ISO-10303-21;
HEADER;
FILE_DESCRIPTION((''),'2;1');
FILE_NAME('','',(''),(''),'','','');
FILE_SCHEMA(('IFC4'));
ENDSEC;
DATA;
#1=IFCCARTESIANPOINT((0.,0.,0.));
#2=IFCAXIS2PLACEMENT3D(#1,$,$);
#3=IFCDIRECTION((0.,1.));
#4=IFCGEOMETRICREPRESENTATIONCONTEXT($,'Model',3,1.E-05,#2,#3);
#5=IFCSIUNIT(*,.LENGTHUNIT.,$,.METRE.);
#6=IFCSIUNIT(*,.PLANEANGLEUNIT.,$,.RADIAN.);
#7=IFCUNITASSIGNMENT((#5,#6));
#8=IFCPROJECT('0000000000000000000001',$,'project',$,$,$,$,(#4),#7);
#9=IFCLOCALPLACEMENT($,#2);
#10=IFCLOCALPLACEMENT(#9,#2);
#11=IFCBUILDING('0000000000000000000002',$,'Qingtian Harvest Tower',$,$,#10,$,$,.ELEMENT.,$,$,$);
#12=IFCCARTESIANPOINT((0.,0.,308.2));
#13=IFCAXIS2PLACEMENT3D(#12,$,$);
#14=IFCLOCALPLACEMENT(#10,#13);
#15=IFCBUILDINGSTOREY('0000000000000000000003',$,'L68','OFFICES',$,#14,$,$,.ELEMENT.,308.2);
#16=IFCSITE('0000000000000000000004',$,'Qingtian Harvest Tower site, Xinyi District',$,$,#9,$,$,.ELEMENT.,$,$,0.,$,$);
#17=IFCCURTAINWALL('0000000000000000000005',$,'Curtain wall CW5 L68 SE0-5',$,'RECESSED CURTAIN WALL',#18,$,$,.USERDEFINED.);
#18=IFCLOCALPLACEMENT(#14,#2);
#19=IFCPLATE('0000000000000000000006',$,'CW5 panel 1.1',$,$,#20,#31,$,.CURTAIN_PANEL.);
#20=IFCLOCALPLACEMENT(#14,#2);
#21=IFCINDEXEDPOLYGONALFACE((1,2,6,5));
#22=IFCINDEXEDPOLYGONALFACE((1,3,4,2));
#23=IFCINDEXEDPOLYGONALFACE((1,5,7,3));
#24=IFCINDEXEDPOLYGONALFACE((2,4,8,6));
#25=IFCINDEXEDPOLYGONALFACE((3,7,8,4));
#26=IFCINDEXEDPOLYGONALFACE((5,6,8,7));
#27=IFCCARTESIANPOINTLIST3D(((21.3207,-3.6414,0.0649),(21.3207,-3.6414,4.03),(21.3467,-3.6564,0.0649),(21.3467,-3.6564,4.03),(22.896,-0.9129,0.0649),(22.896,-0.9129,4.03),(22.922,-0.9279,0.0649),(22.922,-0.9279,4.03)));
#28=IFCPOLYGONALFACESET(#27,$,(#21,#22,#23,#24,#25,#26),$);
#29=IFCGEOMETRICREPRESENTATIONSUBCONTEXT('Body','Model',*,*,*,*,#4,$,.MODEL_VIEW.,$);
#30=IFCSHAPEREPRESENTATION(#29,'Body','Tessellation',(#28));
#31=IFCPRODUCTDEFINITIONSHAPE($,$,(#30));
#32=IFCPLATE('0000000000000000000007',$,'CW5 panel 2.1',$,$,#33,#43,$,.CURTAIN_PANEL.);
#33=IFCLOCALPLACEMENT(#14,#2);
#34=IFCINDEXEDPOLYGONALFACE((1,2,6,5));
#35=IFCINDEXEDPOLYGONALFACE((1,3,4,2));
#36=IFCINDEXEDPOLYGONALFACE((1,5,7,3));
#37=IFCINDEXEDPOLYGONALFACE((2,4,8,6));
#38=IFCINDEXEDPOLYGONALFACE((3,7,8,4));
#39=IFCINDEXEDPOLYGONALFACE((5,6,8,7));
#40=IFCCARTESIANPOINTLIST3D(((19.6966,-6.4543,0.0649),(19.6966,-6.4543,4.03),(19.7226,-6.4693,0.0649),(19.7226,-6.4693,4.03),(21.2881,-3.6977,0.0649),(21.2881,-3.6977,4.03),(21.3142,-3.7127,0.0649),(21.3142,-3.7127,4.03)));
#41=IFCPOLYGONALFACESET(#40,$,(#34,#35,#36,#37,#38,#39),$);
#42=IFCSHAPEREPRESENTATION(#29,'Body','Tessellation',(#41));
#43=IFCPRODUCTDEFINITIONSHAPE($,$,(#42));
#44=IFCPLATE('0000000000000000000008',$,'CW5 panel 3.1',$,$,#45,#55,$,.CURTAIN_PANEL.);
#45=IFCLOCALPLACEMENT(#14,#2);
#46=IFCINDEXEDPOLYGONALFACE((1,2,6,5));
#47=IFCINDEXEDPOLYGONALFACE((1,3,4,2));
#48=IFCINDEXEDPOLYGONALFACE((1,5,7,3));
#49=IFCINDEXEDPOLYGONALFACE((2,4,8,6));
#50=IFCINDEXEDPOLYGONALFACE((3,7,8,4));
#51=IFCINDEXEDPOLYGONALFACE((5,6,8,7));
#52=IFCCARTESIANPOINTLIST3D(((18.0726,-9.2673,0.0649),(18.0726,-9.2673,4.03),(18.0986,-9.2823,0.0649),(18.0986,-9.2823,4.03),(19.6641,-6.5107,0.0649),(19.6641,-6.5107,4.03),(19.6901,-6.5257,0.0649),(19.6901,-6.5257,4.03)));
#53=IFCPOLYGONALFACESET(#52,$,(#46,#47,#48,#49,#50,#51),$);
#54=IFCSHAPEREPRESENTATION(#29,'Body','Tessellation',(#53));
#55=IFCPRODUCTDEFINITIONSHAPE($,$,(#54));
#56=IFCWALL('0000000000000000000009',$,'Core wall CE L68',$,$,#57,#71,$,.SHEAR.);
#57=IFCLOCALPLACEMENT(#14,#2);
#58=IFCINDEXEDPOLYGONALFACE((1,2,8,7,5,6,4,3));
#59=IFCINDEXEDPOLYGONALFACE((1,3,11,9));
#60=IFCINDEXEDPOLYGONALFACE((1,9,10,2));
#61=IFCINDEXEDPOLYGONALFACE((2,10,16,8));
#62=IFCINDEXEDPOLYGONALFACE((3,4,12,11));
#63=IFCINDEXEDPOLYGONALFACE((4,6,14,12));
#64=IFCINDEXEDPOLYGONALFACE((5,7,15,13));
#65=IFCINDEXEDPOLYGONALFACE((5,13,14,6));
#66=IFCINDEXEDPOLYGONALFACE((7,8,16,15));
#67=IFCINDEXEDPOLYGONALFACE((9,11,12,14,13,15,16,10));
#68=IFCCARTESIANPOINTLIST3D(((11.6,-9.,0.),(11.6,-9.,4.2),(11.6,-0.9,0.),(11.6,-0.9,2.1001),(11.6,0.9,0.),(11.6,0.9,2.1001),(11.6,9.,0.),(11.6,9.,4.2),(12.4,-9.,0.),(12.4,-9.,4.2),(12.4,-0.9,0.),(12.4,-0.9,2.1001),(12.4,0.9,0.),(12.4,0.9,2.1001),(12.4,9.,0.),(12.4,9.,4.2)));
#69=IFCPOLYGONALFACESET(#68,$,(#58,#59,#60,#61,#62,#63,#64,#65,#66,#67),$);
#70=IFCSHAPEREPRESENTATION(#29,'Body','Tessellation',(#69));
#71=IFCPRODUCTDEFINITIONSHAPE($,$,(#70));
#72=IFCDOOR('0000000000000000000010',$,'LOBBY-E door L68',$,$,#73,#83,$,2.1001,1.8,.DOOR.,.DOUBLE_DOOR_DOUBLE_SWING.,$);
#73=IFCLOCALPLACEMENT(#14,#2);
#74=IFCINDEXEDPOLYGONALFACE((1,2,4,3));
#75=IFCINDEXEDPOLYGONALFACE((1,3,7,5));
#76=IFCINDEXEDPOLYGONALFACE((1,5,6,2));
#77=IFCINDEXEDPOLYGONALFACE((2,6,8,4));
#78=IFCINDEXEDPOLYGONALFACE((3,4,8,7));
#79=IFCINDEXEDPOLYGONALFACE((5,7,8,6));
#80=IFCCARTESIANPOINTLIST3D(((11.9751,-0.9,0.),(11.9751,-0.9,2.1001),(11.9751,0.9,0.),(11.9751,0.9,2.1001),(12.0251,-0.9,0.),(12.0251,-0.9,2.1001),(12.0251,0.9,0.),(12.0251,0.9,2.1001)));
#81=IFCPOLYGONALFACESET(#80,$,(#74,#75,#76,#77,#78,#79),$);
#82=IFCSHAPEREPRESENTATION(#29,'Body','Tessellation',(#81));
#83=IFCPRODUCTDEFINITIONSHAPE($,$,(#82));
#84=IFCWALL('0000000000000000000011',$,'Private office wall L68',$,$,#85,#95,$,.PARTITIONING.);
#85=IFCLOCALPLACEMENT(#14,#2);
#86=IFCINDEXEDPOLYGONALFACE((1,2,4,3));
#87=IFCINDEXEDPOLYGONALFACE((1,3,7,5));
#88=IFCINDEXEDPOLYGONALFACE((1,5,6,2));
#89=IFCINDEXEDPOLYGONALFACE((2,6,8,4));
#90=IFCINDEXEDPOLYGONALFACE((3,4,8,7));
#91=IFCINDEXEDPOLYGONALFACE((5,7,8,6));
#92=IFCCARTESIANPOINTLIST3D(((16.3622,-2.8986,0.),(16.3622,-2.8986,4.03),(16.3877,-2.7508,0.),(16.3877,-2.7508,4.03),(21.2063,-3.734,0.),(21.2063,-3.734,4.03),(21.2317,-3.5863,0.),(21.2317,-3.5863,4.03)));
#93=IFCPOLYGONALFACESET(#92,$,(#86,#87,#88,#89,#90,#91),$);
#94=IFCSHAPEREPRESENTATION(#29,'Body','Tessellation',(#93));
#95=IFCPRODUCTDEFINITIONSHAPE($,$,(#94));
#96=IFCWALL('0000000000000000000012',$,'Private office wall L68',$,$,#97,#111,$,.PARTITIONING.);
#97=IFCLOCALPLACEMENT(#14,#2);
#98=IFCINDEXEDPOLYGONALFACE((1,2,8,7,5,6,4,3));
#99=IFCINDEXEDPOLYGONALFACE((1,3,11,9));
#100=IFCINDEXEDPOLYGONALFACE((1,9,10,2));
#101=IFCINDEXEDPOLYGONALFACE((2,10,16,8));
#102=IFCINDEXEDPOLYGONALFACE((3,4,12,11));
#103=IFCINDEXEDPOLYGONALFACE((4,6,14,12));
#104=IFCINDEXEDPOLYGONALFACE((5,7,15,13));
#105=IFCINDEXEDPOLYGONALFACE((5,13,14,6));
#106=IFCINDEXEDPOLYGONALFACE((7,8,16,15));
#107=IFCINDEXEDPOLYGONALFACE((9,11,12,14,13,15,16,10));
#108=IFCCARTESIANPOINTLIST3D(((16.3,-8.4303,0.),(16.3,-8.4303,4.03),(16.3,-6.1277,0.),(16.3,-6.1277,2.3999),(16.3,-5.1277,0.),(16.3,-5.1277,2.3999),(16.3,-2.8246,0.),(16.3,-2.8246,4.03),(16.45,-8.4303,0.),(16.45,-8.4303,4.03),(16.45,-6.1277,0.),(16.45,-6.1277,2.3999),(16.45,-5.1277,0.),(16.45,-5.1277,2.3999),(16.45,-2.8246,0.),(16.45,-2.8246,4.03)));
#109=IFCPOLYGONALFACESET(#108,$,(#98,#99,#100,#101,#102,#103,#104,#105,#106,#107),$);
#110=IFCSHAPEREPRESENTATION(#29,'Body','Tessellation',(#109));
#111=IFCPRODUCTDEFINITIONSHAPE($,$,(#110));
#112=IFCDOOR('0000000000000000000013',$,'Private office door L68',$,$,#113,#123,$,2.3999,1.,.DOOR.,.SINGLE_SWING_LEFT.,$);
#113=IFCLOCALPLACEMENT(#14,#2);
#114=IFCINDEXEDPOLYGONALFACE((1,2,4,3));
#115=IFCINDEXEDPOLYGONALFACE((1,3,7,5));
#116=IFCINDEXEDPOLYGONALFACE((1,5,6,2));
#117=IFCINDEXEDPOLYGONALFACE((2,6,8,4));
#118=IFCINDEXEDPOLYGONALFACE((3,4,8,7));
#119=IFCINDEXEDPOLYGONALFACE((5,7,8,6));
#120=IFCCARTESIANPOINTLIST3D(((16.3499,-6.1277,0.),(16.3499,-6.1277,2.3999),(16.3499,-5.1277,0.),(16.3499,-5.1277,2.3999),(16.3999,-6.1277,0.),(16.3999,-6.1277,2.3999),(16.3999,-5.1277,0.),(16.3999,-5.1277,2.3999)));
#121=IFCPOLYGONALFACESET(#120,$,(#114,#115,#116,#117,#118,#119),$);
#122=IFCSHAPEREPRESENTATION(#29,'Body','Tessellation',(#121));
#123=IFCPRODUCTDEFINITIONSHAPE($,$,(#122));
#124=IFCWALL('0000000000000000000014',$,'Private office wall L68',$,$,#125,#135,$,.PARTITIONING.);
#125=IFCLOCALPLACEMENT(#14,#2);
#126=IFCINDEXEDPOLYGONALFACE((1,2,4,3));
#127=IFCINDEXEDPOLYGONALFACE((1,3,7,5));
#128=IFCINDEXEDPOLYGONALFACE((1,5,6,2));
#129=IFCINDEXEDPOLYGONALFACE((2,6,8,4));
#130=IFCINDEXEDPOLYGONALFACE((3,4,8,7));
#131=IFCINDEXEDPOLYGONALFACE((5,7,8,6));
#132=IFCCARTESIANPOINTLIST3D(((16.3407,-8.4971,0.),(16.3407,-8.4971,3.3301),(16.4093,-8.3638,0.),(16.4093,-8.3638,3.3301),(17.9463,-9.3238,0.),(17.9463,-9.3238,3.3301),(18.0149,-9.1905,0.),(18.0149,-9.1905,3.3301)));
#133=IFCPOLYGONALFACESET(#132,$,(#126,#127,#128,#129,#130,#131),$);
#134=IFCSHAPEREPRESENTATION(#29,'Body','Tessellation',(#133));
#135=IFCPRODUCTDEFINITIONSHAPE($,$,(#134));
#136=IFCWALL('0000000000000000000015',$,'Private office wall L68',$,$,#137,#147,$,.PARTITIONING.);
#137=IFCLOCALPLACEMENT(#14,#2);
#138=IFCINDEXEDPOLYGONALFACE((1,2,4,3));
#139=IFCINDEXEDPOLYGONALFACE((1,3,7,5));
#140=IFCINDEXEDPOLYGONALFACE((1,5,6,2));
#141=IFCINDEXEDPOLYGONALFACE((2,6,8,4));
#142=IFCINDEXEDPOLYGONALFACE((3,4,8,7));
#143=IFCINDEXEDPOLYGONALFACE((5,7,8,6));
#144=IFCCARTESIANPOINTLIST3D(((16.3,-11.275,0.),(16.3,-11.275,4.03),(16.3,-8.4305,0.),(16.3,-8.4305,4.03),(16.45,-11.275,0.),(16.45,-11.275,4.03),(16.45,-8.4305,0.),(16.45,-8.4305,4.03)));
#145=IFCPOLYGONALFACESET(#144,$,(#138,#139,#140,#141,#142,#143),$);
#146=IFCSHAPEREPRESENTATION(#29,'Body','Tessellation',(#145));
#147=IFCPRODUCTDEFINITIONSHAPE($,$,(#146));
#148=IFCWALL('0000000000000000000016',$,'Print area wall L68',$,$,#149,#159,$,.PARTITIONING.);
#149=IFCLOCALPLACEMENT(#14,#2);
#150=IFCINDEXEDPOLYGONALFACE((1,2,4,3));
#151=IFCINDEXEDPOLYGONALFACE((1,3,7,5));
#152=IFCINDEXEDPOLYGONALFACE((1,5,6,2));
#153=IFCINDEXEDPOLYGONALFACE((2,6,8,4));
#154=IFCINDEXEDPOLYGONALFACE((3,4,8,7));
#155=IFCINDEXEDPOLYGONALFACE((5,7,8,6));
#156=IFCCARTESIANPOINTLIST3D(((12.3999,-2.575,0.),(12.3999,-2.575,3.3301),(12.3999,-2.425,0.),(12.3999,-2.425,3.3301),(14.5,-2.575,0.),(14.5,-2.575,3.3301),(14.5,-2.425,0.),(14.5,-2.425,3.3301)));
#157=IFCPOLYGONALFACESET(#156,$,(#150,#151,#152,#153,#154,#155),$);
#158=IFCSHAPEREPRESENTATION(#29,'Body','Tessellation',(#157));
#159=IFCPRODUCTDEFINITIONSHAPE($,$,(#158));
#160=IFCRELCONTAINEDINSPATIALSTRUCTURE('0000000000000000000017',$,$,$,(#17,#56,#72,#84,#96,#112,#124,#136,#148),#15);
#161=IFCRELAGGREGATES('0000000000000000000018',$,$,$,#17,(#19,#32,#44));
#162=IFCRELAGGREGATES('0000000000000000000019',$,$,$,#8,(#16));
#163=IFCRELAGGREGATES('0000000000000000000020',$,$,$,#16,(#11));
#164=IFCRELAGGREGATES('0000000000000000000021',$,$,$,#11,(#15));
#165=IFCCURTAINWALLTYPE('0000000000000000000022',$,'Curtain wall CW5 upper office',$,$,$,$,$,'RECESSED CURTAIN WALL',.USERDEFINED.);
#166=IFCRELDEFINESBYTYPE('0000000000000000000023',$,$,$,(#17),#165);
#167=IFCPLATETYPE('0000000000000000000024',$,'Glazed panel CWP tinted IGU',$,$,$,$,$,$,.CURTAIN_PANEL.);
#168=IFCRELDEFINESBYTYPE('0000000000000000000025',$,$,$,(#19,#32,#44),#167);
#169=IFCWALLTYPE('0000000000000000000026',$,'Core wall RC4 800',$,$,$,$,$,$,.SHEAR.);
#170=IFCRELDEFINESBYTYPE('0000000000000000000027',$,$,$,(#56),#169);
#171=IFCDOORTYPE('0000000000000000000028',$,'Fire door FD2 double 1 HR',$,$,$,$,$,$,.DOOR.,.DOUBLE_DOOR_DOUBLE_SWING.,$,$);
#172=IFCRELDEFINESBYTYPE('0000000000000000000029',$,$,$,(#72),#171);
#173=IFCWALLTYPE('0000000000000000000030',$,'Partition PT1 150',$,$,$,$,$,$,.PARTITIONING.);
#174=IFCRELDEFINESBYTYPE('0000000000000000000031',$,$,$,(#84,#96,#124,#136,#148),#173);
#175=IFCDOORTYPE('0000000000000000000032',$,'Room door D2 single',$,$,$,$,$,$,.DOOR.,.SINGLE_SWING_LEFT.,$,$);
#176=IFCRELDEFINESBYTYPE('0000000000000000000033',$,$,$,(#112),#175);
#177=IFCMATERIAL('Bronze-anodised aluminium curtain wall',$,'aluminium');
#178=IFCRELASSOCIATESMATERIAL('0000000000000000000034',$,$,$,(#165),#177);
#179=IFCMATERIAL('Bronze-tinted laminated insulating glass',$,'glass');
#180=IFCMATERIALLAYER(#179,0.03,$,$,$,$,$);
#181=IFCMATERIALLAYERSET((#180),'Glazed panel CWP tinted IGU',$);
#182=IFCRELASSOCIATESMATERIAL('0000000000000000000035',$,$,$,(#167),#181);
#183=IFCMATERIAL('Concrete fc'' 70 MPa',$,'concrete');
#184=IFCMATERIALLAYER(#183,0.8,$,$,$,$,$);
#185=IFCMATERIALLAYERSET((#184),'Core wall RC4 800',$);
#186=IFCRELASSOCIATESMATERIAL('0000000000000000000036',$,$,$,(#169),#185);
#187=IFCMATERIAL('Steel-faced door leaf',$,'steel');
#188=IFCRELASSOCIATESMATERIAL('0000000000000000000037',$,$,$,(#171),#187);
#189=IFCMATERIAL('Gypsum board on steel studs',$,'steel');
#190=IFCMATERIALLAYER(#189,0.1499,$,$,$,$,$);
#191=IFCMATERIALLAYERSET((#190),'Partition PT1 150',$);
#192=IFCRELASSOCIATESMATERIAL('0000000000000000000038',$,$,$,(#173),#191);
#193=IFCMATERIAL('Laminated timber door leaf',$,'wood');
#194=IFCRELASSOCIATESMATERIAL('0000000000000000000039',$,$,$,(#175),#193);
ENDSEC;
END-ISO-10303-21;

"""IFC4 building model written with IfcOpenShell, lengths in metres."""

from ifc_helpers import new_model, si_unit, direction, frame, frame_2d, origin, origin_2d, place, context, subcontext, project, spatial, rectangle, extrude, material, layer, layer_set, type_object, element, fill, aggregate, save


model = new_model("IFC4")

# Units and contexts
model_context = context("Model", 3, precision=1e-05, world=origin(), true_north=direction((0.0, 1.0)))
body_context = subcontext(model_context, "Body", "Model", "MODEL_VIEW")
ifc_project = project(units=[si_unit("LENGTHUNIT", "METRE"), si_unit("PLANEANGLEUNIT", "RADIAN")], contexts=[model_context])

# Site, building, storey
site_placement = place(None, origin())
site = spatial("IfcSite", under=ifc_project, at=site_placement, Name="Qingtian Harvest Tower site, Xinyi District", CompositionType="ELEMENT", RefElevation=0.0)
building_placement = place(site_placement, origin())
building = spatial("IfcBuilding", under=site, at=building_placement, Name="Qingtian Harvest Tower", CompositionType="ELEMENT")
storey_placement = place(building_placement, frame((0.0, 0.0, 308.2)))
storey = spatial("IfcBuildingStorey", under=building, at=storey_placement, Name="L68", Description="OFFICES", CompositionType="ELEMENT", Elevation=308.2)

# Shared definitions
ifc_material_1 = material(Name="Bronze-anodised aluminium curtain wall", Category="aluminium")
curtain_wall_type = type_object("IfcCurtainWallType", Name="Curtain wall CW5 upper office", ElementType="RECESSED CURTAIN WALL", PredefinedType="USERDEFINED", material=ifc_material_1)

# Curtain wall
curtain_wall_1_placement = place(storey_placement, origin())
curtain_wall_1 = element("IfcCurtainWall", 1, at=curtain_wall_1_placement, inside=storey, type_object=curtain_wall_type, Name="Curtain wall CW5 L68 SE0-5", ObjectType="RECESSED CURTAIN WALL", PredefinedType="USERDEFINED")

# Plates
ifc_material_2 = material(Name="Bronze-tinted laminated insulating glass", Category="glass")
ifc_layer_1 = layer(ifc_material_2, 0.03)
ifc_layer_set_1 = layer_set([ifc_layer_1], Name="Glazed panel CWP tinted IGU")
plate_type = type_object("IfcPlateType", Name="Glazed panel CWP tinted IGU", PredefinedType="CURTAIN_PANEL", material=ifc_layer_set_1)
plate_1_placement = place(storey_placement, frame((22.1213, -2.2847, 0.0649), z_axis=(0.0, 0.0, 1.0), x_axis=(-0.5, -0.866025, 0.0)))
plate_1 = element("IfcPlate", 2, at=plate_1_placement, type_object=plate_type, Name="CW5 panel 1.1", PredefinedType="CURTAIN_PANEL", context=body_context, shape_type="SweptSolid", body=[
    extrude(rectangle(XDim=3.1506, YDim=0.03, at=origin_2d()), origin(), (0.0, 0.0, 1.0), 3.9651),
])
plate_2_placement = place(storey_placement, frame((20.5054, -5.0835, 0.0649), z_axis=(0.0, 0.0, 1.0), x_axis=(-0.5, -0.866025, 0.0)))
plate_2 = element("IfcPlate", 3, at=plate_2_placement, type_object=plate_type, Name="CW5 panel 2.1", PredefinedType="CURTAIN_PANEL", context=body_context, shape_type="SweptSolid", body=[
    extrude(rectangle(XDim=3.1831, YDim=0.03, at=origin_2d()), origin(), (0.0, 0.0, 1.0), 3.9651),
])
plate_3_placement = place(storey_placement, frame((18.8813, -7.8965, 0.0649), z_axis=(0.0, 0.0, 1.0), x_axis=(-0.5, -0.866025, 0.0)))
plate_3 = element("IfcPlate", 4, at=plate_3_placement, type_object=plate_type, Name="CW5 panel 3.1", PredefinedType="CURTAIN_PANEL", context=body_context, shape_type="SweptSolid", body=[
    extrude(rectangle(XDim=3.1831, YDim=0.03, at=origin_2d()), origin(), (0.0, 0.0, 1.0), 3.9651),
])
aggregate(curtain_wall_1, [plate_1, plate_2, plate_3])

# Wall, opening, door
ifc_material_3 = material(Name="Concrete fc' 70 MPa", Category="concrete")
ifc_layer_2 = layer(ifc_material_3, 0.8)
ifc_layer_set_2 = layer_set([ifc_layer_2], Name="Core wall RC4 800")
wall_type_1 = type_object("IfcWallType", Name="Core wall RC4 800", PredefinedType="SHEAR", material=ifc_layer_set_2)
wall_1_placement = place(storey_placement, frame((12.0, -9.0, 0.0), z_axis=(0.0, 0.0, 1.0), x_axis=(0.0, 1.0, 0.0)))
wall_1 = element("IfcWall", 5, at=wall_1_placement, inside=storey, type_object=wall_type_1, Name="Core wall CE L68", PredefinedType="SHEAR", context=body_context, shape_type="SweptSolid", body=[
    extrude(rectangle(XDim=18.0, YDim=0.8, at=frame_2d((9.0, 0.0))), origin(), (0.0, 0.0, 1.0), 4.2),
])
opening_1_placement = place(wall_1_placement, frame((8.1001, 0.0, 0.0)))
opening_1 = element("IfcOpeningElement", 6, at=opening_1_placement, cuts=wall_1, PredefinedType="OPENING", context=body_context, shape_type="SweptSolid", body=[
    extrude(rectangle(XDim=1.8, YDim=2.1001, at=frame_2d((0.8999, 1.05))), frame((0.0, 0.4099, 0.0), z_axis=(0.0, -1.0, 0.0), x_axis=(1.0, 0.0, 0.0)), (0.0, 0.0, 1.0), 0.8201),
])
ifc_material_4 = material(Name="Steel-faced door leaf", Category="steel")
door_type_1 = type_object("IfcDoorType", Name="Fire door FD2 double 1 HR", OperationType="DOUBLE_DOOR_DOUBLE_SWING", PredefinedType="DOOR", material=ifc_material_4)
door_1_placement = place(opening_1_placement, origin())
door_1 = element("IfcDoor", 7, at=door_1_placement, inside=storey, type_object=door_type_1, Name="LOBBY-E door L68", OperationType="DOUBLE_DOOR_DOUBLE_SWING", OverallHeight=2.1001, OverallWidth=1.8, PredefinedType="DOOR", context=body_context, shape_type="SweptSolid", body=[
    extrude(rectangle(XDim=1.8, YDim=2.1001, at=frame_2d((0.8999, 1.05))), frame((0.0, 0.0249, 0.0), z_axis=(0.0, -1.0, 0.0), x_axis=(1.0, 0.0, 0.0)), (0.0, 0.0, 1.0), 0.05),
])
fill(opening_1, door_1)

# Wall
ifc_material_5 = material(Name="Gypsum board on steel studs", Category="steel")
ifc_layer_3 = layer(ifc_material_5, 0.1499)
ifc_layer_set_3 = layer_set([ifc_layer_3], Name="Partition PT1 150")
wall_type_2 = type_object("IfcWallType", Name="Partition PT1 150", PredefinedType="PARTITIONING", material=ifc_layer_set_3)
wall_2_placement = place(storey_placement, frame((21.219, -3.6602, 0.0), z_axis=(0.0, 0.0, 1.0), x_axis=(-0.985451, 0.169962, 0.0)))
element("IfcWall", 8, at=wall_2_placement, inside=storey, type_object=wall_type_2, Name="Private office wall L68", PredefinedType="PARTITIONING", context=body_context, shape_type="SweptSolid", body=[
    extrude(rectangle(XDim=4.9155, YDim=0.1499, at=frame_2d((2.4578, 0.0))), origin(), (0.0, 0.0, 1.0), 4.03),
])

# Wall, opening, door
wall_3_placement = place(storey_placement, frame((16.375, -2.8247, 0.0), z_axis=(0.0, 0.0, 1.0), x_axis=(0.0, -1.0, 0.0)))
wall_3 = element("IfcWall", 9, at=wall_3_placement, inside=storey, type_object=wall_type_2, Name="Private office wall L68", PredefinedType="PARTITIONING", context=body_context, shape_type="SweptSolid", body=[
    extrude(rectangle(XDim=5.6057, YDim=0.1499, at=frame_2d((2.8027, 0.0))), origin(), (0.0, 0.0, 1.0), 4.03),
])
opening_2_placement = place(wall_3_placement, frame((2.303, 0.0, 0.0)))
opening_2 = element("IfcOpeningElement", 10, at=opening_2_placement, cuts=wall_3, PredefinedType="OPENING", context=body_context, shape_type="SweptSolid", body=[
    extrude(rectangle(XDim=1.0, YDim=2.3999, at=frame_2d((0.5, 1.2))), frame((0.0, 0.085, 0.0), z_axis=(0.0, -1.0, 0.0), x_axis=(1.0, 0.0, 0.0)), (0.0, 0.0, 1.0), 0.1699),
])
ifc_material_6 = material(Name="Laminated timber door leaf", Category="wood")
door_type_2 = type_object("IfcDoorType", Name="Room door D2 single", OperationType="SINGLE_SWING_LEFT", PredefinedType="DOOR", material=ifc_material_6)
door_2_placement = place(opening_2_placement, origin())
door_2 = element("IfcDoor", 11, at=door_2_placement, inside=storey, type_object=door_type_2, Name="Private office door L68", OperationType="SINGLE_SWING_LEFT", OverallHeight=2.3999, OverallWidth=1.0, PredefinedType="DOOR", context=body_context, shape_type="SweptSolid", body=[
    extrude(rectangle(XDim=1.0, YDim=2.3999, at=frame_2d((0.5, 1.2))), frame((0.0, 0.0249, 0.0), z_axis=(0.0, -1.0, 0.0), x_axis=(1.0, 0.0, 0.0)), (0.0, 0.0, 1.0), 0.05),
])
fill(opening_2, door_2)

# Walls
wall_4_placement = place(storey_placement, frame((17.9805, -9.2571, 0.0), z_axis=(0.0, 0.0, 1.0), x_axis=(-0.889065, 0.457782, 0.0)))
element("IfcWall", 12, at=wall_4_placement, inside=storey, type_object=wall_type_2, Name="Private office wall L68", PredefinedType="PARTITIONING", context=body_context, shape_type="SweptSolid", body=[
    extrude(rectangle(XDim=1.8059, YDim=0.1499, at=frame_2d((0.9028, 0.0))), origin(), (0.0, 0.0, 1.0), 3.3301),
])
wall_5_placement = place(storey_placement, frame((16.375, -8.4304, 0.0), z_axis=(0.0, 0.0, 1.0), x_axis=(0.0, -1.0, 0.0)))
element("IfcWall", 13, at=wall_5_placement, inside=storey, type_object=wall_type_2, Name="Private office wall L68", PredefinedType="PARTITIONING", context=body_context, shape_type="SweptSolid", body=[
    extrude(rectangle(XDim=2.8445, YDim=0.1499, at=frame_2d((1.4224, 0.0))), origin(), (0.0, 0.0, 1.0), 4.03),
])
wall_6_placement = place(storey_placement, frame((12.3999, -2.5, 0.0), z_axis=(0.0, 0.0, 1.0), x_axis=(1.0, 0.0, 0.0)))
element("IfcWall", 14, at=wall_6_placement, inside=storey, type_object=wall_type_2, Name="Print area wall L68", PredefinedType="PARTITIONING", context=body_context, shape_type="SweptSolid", body=[
    extrude(rectangle(XDim=2.1001, YDim=0.1499, at=frame_2d((1.05, 0.0))), origin(), (0.0, 0.0, 1.0), 3.3301),
])

save(model, "model.ifc")
